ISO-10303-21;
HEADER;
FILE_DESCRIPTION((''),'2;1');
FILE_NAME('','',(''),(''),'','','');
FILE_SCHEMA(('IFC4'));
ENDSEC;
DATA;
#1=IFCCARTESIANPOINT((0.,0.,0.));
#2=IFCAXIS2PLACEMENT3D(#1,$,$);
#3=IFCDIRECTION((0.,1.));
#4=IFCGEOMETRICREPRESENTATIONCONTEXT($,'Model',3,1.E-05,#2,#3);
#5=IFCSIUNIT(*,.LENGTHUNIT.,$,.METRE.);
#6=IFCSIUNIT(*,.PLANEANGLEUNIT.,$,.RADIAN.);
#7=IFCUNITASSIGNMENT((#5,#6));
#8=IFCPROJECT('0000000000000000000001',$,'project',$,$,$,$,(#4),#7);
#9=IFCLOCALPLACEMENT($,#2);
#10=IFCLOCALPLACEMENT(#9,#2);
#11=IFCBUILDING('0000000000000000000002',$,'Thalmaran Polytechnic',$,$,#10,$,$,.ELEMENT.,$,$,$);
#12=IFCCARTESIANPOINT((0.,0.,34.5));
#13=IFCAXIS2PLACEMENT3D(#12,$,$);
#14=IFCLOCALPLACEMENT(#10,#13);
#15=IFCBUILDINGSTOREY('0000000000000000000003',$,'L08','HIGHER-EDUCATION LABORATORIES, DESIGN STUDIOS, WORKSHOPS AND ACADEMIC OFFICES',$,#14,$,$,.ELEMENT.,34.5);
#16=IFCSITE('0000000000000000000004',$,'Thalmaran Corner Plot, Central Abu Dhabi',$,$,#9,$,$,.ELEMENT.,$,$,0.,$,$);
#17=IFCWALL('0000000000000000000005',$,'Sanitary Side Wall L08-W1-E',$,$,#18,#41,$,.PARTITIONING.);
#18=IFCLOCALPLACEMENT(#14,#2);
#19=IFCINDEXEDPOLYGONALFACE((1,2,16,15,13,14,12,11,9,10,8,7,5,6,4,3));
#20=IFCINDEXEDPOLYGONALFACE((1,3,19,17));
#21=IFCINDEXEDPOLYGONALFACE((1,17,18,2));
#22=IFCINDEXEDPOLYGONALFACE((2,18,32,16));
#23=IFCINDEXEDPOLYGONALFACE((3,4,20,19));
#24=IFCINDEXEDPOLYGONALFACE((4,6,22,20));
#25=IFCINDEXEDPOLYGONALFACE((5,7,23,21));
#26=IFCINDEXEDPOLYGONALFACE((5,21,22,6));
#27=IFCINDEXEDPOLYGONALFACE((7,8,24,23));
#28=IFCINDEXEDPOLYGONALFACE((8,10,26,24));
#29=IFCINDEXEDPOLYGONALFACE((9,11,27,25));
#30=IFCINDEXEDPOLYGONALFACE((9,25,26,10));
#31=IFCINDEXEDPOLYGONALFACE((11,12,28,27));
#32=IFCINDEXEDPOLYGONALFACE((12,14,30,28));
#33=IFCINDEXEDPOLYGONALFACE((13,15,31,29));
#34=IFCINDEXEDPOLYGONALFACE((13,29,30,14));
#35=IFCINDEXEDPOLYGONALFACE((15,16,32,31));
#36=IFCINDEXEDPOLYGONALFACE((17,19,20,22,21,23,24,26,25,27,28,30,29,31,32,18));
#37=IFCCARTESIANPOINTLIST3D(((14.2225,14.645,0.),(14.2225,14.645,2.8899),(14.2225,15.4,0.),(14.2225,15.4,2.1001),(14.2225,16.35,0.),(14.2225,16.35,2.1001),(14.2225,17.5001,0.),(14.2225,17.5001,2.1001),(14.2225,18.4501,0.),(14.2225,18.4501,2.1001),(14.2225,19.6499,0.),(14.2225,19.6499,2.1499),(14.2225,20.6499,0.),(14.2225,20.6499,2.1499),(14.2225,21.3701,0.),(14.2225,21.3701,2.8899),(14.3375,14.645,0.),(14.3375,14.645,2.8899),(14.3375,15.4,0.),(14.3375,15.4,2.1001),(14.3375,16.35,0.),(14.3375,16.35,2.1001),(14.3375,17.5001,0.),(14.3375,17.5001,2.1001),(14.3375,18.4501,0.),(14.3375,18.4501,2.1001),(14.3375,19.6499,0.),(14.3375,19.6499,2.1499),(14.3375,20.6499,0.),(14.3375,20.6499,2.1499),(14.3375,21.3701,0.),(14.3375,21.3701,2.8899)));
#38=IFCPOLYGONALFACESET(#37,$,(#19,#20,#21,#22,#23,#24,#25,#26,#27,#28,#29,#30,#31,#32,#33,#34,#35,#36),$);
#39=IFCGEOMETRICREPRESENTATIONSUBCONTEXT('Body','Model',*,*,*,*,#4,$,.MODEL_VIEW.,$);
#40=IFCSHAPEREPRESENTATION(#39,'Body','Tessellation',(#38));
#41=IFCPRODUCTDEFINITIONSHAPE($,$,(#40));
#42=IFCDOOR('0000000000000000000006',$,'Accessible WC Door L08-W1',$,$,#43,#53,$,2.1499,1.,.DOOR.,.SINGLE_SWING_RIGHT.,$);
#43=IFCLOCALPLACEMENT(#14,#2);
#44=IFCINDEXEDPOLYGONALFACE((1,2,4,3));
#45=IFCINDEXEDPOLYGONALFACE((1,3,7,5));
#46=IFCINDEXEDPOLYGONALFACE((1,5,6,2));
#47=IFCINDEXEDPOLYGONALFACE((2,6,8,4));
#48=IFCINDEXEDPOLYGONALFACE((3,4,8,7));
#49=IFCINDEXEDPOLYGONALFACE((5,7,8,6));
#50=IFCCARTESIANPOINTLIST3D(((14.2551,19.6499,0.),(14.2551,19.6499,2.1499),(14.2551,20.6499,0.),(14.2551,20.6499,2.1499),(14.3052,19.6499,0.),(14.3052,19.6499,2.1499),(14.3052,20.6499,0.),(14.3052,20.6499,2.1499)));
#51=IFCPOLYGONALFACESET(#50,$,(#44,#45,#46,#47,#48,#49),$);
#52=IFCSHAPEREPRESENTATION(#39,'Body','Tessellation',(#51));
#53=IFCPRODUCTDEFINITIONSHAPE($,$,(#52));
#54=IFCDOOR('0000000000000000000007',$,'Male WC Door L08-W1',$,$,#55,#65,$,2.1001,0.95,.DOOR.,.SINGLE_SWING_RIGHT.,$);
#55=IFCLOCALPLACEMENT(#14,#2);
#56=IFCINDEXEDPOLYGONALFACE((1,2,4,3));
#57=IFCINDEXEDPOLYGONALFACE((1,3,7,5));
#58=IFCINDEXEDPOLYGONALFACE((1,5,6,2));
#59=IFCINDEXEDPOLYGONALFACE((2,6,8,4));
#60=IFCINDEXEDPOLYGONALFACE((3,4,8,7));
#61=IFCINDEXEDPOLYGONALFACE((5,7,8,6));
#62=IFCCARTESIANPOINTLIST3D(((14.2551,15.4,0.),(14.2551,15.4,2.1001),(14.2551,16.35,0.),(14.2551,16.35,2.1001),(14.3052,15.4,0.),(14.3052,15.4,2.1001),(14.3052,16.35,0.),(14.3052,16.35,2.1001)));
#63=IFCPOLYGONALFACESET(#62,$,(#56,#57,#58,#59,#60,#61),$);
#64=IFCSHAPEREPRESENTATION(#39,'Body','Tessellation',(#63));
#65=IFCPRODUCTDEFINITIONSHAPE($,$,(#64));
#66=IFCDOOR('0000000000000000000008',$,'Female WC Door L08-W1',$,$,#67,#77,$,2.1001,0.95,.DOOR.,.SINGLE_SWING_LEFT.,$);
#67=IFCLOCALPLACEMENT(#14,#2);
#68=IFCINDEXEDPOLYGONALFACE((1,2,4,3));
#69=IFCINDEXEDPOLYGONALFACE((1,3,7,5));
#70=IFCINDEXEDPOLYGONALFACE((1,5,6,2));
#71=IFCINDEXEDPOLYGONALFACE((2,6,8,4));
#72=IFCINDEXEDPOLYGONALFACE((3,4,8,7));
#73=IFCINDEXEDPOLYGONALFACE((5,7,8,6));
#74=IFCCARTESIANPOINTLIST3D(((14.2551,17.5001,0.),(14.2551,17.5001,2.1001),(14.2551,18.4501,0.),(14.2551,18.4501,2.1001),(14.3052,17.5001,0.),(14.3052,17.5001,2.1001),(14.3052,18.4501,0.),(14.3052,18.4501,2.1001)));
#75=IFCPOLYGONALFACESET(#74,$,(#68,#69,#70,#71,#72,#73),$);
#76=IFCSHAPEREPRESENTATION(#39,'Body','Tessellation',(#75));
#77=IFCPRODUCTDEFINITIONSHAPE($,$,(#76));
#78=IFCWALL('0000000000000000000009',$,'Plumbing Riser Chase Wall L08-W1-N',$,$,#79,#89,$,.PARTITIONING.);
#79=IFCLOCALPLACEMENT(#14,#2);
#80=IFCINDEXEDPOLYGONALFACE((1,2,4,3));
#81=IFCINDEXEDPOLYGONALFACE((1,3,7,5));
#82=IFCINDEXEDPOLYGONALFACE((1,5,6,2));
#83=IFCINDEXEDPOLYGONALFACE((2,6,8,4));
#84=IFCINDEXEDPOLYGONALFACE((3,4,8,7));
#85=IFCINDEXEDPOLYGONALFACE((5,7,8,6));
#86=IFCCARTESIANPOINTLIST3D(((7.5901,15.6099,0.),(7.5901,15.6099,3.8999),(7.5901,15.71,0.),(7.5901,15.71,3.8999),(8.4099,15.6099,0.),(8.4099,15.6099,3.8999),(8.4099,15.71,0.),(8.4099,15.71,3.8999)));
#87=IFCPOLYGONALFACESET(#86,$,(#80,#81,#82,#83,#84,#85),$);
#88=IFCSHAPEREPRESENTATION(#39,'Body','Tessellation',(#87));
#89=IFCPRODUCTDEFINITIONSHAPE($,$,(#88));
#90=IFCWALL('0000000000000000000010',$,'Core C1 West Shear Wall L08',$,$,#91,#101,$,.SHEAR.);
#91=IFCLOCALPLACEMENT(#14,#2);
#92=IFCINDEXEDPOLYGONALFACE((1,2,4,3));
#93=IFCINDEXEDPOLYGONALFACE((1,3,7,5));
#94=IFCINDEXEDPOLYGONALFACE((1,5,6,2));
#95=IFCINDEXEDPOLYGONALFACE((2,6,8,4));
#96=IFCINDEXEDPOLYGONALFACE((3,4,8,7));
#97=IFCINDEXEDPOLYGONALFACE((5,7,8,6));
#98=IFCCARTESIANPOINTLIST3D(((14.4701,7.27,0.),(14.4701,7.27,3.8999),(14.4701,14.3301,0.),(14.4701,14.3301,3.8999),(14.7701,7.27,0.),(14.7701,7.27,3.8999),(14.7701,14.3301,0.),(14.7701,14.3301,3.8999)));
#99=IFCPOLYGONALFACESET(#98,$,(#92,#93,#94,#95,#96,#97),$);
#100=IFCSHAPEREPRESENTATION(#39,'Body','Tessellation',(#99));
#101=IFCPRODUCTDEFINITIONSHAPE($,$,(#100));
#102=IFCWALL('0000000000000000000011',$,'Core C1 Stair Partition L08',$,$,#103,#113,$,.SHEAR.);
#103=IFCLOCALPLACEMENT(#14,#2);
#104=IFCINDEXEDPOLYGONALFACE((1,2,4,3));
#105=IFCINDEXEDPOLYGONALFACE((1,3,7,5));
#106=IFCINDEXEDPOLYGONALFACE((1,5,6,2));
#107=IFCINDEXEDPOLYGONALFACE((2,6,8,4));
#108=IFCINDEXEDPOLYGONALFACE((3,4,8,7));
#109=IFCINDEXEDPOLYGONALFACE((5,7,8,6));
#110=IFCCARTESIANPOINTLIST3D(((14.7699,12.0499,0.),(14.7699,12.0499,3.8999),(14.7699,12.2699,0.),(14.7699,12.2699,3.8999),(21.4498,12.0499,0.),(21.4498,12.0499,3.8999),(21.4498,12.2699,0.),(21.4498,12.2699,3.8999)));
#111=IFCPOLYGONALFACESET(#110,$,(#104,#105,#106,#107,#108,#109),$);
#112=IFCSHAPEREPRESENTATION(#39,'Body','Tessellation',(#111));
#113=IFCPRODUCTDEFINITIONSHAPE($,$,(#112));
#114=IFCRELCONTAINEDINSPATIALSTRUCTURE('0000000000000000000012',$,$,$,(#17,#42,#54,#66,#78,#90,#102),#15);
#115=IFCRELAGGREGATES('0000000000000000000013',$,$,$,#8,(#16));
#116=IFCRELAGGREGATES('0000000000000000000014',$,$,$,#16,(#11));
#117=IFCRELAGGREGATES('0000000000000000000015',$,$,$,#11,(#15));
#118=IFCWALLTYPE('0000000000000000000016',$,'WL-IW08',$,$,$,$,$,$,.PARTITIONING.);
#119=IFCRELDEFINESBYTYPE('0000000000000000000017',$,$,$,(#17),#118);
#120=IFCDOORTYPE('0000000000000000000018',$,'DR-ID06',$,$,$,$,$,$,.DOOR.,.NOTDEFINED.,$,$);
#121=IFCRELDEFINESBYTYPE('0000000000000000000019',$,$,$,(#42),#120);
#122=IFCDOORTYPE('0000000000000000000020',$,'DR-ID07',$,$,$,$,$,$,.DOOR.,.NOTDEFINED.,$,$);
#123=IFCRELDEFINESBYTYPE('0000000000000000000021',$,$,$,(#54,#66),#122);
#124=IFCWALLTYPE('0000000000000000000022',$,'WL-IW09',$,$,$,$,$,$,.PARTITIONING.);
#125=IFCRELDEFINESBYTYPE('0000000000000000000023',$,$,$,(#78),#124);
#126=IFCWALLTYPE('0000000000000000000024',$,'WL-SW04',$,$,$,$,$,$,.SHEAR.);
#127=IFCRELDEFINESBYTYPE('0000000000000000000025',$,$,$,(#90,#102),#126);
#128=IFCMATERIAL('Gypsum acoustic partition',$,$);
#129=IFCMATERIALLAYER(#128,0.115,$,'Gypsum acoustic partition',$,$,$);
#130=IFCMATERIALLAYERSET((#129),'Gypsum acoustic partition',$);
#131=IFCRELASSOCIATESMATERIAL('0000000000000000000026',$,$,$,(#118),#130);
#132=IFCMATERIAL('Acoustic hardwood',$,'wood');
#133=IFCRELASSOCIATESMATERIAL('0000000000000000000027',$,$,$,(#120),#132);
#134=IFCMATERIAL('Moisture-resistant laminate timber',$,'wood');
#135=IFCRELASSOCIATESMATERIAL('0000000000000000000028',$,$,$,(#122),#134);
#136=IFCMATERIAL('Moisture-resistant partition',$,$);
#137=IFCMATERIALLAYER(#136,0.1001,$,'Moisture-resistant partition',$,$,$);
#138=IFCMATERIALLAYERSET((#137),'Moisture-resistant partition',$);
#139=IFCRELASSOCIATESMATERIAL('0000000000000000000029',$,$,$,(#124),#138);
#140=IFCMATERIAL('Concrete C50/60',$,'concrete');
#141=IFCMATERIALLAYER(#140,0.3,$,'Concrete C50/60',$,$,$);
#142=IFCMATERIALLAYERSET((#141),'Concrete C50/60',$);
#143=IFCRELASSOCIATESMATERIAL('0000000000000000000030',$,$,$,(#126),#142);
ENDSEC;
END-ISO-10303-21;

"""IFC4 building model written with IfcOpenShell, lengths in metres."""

from ifc_helpers import new_model, si_unit, direction, frame, frame_2d, origin, place, context, subcontext, project, spatial, rectangle, extrude, material, layer, layer_set, type_object, element, fill, save


model = new_model("IFC4")

# Units and contexts
model_context = context("Model", 3, precision=1e-05, world=origin(), true_north=direction((0.0, 1.0)))
body_context = subcontext(model_context, "Body", "Model", "MODEL_VIEW")
ifc_project = project(units=[si_unit("LENGTHUNIT", "METRE"), si_unit("PLANEANGLEUNIT", "RADIAN")], contexts=[model_context])

# Site, building, storey
site_placement = place(None, origin())
site = spatial("IfcSite", under=ifc_project, at=site_placement, Name="Thalmaran Corner Plot, Central Abu Dhabi", CompositionType="ELEMENT", RefElevation=0.0)
building_placement = place(site_placement, origin())
building = spatial("IfcBuilding", under=site, at=building_placement, Name="Thalmaran Polytechnic", CompositionType="ELEMENT")
storey_placement = place(building_placement, frame((0.0, 0.0, 34.5)))
storey = spatial("IfcBuildingStorey", under=building, at=storey_placement, Name="L08", Description="HIGHER-EDUCATION LABORATORIES, DESIGN STUDIOS, WORKSHOPS AND ACADEMIC OFFICES", CompositionType="ELEMENT", Elevation=34.5)

# Shared definitions
ifc_material_1 = material(Name="Gypsum acoustic partition")

# Wall, openings, doors
ifc_layer_1 = layer(ifc_material_1, 0.115, Name="Gypsum acoustic partition")
ifc_layer_set_1 = layer_set([ifc_layer_1], Name="Gypsum acoustic partition")
wall_type_1 = type_object("IfcWallType", Name="WL-IW08", PredefinedType="PARTITIONING", material=ifc_layer_set_1)
wall_1_placement = place(storey_placement, frame((14.28, 14.645, 0.0), z_axis=(0.0, 0.0, 1.0), x_axis=(0.0, 1.0, 0.0)))
wall_1 = element("IfcWall", 1, at=wall_1_placement, inside=storey, type_object=wall_type_1, Name="Sanitary Side Wall L08-W1-E", PredefinedType="PARTITIONING", context=body_context, shape_type="SweptSolid", body=[
    extrude(rectangle(XDim=6.7251, YDim=0.115, at=frame_2d((3.3625, 0.0))), origin(), (0.0, 0.0, 1.0), 2.8899),
])
opening_1_placement = place(wall_1_placement, frame((0.7549, 0.0, 0.0)))
opening_1 = element("IfcOpeningElement", 2, at=opening_1_placement, cuts=wall_1, PredefinedType="OPENING", context=body_context, shape_type="SweptSolid", body=[
    extrude(rectangle(XDim=0.95, YDim=2.1001, at=frame_2d((0.4751, 1.05))), frame((0.0, 0.0674, 0.0), z_axis=(0.0, -1.0, 0.0), x_axis=(1.0, 0.0, 0.0)), (0.0, 0.0, 1.0), 0.135),
])
opening_2_placement = place(wall_1_placement, frame((2.855, 0.0, 0.0)))
opening_2 = element("IfcOpeningElement", 3, at=opening_2_placement, cuts=wall_1, PredefinedType="OPENING", context=body_context, shape_type="SweptSolid", body=[
    extrude(rectangle(XDim=0.95, YDim=2.1001, at=frame_2d((0.4751, 1.05))), frame((0.0, 0.0674, 0.0), z_axis=(0.0, -1.0, 0.0), x_axis=(1.0, 0.0, 0.0)), (0.0, 0.0, 1.0), 0.135),
])
opening_3_placement = place(wall_1_placement, frame((5.0049, 0.0, 0.0)))
opening_3 = element("IfcOpeningElement", 4, at=opening_3_placement, cuts=wall_1, PredefinedType="OPENING", context=body_context, shape_type="SweptSolid", body=[
    extrude(rectangle(XDim=1.0, YDim=2.1499, at=frame_2d((0.5, 1.075))), frame((0.0, 0.0674, 0.0), z_axis=(0.0, -1.0, 0.0), x_axis=(1.0, 0.0, 0.0)), (0.0, 0.0, 1.0), 0.135),
])
ifc_material_2 = material(Name="Acoustic hardwood", Category="wood")
door_type_1 = type_object("IfcDoorType", Name="DR-ID06", OperationType="NOTDEFINED", PredefinedType="DOOR", material=ifc_material_2)
door_1_placement = place(opening_3_placement, origin())
door_1 = element("IfcDoor", 5, at=door_1_placement, inside=storey, type_object=door_type_1, Name="Accessible WC Door L08-W1", OperationType="SINGLE_SWING_RIGHT", OverallHeight=2.1499, OverallWidth=1.0, PredefinedType="DOOR", context=body_context, shape_type="SweptSolid", body=[
    extrude(rectangle(XDim=1.0, YDim=2.1499, at=frame_2d((0.5, 1.075))), frame((0.0, 0.0249, 0.0), z_axis=(0.0, -1.0, 0.0), x_axis=(1.0, 0.0, 0.0)), (0.0, 0.0, 1.0), 0.05),
])
fill(opening_3, door_1)
ifc_material_3 = material(Name="Moisture-resistant laminate timber", Category="wood")
door_type_2 = type_object("IfcDoorType", Name="DR-ID07", OperationType="NOTDEFINED", PredefinedType="DOOR", material=ifc_material_3)
door_2_placement = place(opening_1_placement, origin())
door_2 = element("IfcDoor", 6, at=door_2_placement, inside=storey, type_object=door_type_2, Name="Male WC Door L08-W1", OperationType="SINGLE_SWING_RIGHT", OverallHeight=2.1001, OverallWidth=0.95, PredefinedType="DOOR", context=body_context, shape_type="SweptSolid", body=[
    extrude(rectangle(XDim=0.95, YDim=2.1001, at=frame_2d((0.4751, 1.05))), frame((0.0, 0.0249, 0.0), z_axis=(0.0, -1.0, 0.0), x_axis=(1.0, 0.0, 0.0)), (0.0, 0.0, 1.0), 0.05),
])
fill(opening_1, door_2)
door_3_placement = place(opening_2_placement, origin())
door_3 = element("IfcDoor", 7, at=door_3_placement, inside=storey, type_object=door_type_2, Name="Female WC Door L08-W1", OperationType="SINGLE_SWING_LEFT", OverallHeight=2.1001, OverallWidth=0.95, PredefinedType="DOOR", context=body_context, shape_type="SweptSolid", body=[
    extrude(rectangle(XDim=0.95, YDim=2.1001, at=frame_2d((0.4751, 1.05))), frame((0.0, 0.0249, 0.0), z_axis=(0.0, -1.0, 0.0), x_axis=(1.0, 0.0, 0.0)), (0.0, 0.0, 1.0), 0.05),
])
fill(opening_2, door_3)

# Walls
ifc_material_4 = material(Name="Moisture-resistant partition")
ifc_layer_2 = layer(ifc_material_4, 0.1001, Name="Moisture-resistant partition")
ifc_layer_set_2 = layer_set([ifc_layer_2], Name="Moisture-resistant partition")
wall_type_2 = type_object("IfcWallType", Name="WL-IW09", PredefinedType="PARTITIONING", material=ifc_layer_set_2)
wall_2_placement = place(storey_placement, frame((8.4099, 15.6599, 0.0), z_axis=(0.0, 0.0, 1.0), x_axis=(-1.0, 0.0, 0.0)))
element("IfcWall", 8, at=wall_2_placement, inside=storey, type_object=wall_type_2, Name="Plumbing Riser Chase Wall L08-W1-N", PredefinedType="PARTITIONING", context=body_context, shape_type="SweptSolid", body=[
    extrude(rectangle(XDim=0.8198, YDim=0.1001, at=frame_2d((0.4099, 0.0))), origin(), (0.0, 0.0, 1.0), 3.8999),
])
ifc_material_5 = material(Name="Concrete C50/60", Category="concrete")
ifc_layer_3 = layer(ifc_material_5, 0.3, Name="Concrete C50/60")
ifc_layer_set_3 = layer_set([ifc_layer_3], Name="Concrete C50/60")
wall_type_3 = type_object("IfcWallType", Name="WL-SW04", PredefinedType="SHEAR", material=ifc_layer_set_3)
wall_3_placement = place(storey_placement, frame((14.6201, 14.3301, 0.0), z_axis=(0.0, 0.0, 1.0), x_axis=(0.0, -1.0, 0.0)))
element("IfcWall", 9, at=wall_3_placement, inside=storey, type_object=wall_type_3, Name="Core C1 West Shear Wall L08", PredefinedType="SHEAR", context=body_context, shape_type="SweptSolid", body=[
    extrude(rectangle(XDim=7.0601, YDim=0.3, at=frame_2d((3.53, 0.0))), origin(), (0.0, 0.0, 1.0), 3.8999),
])

# Wall
wall_4_placement = place(storey_placement, frame((14.77, 12.1599, 0.0), z_axis=(0.0, 0.0, 1.0), x_axis=(1.0, 0.0, 0.0)))
element("IfcWall", 10, at=wall_4_placement, inside=storey, type_object=wall_type_3, Name="Core C1 Stair Partition L08", PredefinedType="SHEAR", context=body_context, shape_type="SweptSolid", body=[
    extrude(rectangle(XDim=6.6799, YDim=0.22, at=frame_2d((3.3398, 0.0))), origin(), (0.0, 0.0, 1.0), 3.8999),
])

save(model, "model.ifc")
